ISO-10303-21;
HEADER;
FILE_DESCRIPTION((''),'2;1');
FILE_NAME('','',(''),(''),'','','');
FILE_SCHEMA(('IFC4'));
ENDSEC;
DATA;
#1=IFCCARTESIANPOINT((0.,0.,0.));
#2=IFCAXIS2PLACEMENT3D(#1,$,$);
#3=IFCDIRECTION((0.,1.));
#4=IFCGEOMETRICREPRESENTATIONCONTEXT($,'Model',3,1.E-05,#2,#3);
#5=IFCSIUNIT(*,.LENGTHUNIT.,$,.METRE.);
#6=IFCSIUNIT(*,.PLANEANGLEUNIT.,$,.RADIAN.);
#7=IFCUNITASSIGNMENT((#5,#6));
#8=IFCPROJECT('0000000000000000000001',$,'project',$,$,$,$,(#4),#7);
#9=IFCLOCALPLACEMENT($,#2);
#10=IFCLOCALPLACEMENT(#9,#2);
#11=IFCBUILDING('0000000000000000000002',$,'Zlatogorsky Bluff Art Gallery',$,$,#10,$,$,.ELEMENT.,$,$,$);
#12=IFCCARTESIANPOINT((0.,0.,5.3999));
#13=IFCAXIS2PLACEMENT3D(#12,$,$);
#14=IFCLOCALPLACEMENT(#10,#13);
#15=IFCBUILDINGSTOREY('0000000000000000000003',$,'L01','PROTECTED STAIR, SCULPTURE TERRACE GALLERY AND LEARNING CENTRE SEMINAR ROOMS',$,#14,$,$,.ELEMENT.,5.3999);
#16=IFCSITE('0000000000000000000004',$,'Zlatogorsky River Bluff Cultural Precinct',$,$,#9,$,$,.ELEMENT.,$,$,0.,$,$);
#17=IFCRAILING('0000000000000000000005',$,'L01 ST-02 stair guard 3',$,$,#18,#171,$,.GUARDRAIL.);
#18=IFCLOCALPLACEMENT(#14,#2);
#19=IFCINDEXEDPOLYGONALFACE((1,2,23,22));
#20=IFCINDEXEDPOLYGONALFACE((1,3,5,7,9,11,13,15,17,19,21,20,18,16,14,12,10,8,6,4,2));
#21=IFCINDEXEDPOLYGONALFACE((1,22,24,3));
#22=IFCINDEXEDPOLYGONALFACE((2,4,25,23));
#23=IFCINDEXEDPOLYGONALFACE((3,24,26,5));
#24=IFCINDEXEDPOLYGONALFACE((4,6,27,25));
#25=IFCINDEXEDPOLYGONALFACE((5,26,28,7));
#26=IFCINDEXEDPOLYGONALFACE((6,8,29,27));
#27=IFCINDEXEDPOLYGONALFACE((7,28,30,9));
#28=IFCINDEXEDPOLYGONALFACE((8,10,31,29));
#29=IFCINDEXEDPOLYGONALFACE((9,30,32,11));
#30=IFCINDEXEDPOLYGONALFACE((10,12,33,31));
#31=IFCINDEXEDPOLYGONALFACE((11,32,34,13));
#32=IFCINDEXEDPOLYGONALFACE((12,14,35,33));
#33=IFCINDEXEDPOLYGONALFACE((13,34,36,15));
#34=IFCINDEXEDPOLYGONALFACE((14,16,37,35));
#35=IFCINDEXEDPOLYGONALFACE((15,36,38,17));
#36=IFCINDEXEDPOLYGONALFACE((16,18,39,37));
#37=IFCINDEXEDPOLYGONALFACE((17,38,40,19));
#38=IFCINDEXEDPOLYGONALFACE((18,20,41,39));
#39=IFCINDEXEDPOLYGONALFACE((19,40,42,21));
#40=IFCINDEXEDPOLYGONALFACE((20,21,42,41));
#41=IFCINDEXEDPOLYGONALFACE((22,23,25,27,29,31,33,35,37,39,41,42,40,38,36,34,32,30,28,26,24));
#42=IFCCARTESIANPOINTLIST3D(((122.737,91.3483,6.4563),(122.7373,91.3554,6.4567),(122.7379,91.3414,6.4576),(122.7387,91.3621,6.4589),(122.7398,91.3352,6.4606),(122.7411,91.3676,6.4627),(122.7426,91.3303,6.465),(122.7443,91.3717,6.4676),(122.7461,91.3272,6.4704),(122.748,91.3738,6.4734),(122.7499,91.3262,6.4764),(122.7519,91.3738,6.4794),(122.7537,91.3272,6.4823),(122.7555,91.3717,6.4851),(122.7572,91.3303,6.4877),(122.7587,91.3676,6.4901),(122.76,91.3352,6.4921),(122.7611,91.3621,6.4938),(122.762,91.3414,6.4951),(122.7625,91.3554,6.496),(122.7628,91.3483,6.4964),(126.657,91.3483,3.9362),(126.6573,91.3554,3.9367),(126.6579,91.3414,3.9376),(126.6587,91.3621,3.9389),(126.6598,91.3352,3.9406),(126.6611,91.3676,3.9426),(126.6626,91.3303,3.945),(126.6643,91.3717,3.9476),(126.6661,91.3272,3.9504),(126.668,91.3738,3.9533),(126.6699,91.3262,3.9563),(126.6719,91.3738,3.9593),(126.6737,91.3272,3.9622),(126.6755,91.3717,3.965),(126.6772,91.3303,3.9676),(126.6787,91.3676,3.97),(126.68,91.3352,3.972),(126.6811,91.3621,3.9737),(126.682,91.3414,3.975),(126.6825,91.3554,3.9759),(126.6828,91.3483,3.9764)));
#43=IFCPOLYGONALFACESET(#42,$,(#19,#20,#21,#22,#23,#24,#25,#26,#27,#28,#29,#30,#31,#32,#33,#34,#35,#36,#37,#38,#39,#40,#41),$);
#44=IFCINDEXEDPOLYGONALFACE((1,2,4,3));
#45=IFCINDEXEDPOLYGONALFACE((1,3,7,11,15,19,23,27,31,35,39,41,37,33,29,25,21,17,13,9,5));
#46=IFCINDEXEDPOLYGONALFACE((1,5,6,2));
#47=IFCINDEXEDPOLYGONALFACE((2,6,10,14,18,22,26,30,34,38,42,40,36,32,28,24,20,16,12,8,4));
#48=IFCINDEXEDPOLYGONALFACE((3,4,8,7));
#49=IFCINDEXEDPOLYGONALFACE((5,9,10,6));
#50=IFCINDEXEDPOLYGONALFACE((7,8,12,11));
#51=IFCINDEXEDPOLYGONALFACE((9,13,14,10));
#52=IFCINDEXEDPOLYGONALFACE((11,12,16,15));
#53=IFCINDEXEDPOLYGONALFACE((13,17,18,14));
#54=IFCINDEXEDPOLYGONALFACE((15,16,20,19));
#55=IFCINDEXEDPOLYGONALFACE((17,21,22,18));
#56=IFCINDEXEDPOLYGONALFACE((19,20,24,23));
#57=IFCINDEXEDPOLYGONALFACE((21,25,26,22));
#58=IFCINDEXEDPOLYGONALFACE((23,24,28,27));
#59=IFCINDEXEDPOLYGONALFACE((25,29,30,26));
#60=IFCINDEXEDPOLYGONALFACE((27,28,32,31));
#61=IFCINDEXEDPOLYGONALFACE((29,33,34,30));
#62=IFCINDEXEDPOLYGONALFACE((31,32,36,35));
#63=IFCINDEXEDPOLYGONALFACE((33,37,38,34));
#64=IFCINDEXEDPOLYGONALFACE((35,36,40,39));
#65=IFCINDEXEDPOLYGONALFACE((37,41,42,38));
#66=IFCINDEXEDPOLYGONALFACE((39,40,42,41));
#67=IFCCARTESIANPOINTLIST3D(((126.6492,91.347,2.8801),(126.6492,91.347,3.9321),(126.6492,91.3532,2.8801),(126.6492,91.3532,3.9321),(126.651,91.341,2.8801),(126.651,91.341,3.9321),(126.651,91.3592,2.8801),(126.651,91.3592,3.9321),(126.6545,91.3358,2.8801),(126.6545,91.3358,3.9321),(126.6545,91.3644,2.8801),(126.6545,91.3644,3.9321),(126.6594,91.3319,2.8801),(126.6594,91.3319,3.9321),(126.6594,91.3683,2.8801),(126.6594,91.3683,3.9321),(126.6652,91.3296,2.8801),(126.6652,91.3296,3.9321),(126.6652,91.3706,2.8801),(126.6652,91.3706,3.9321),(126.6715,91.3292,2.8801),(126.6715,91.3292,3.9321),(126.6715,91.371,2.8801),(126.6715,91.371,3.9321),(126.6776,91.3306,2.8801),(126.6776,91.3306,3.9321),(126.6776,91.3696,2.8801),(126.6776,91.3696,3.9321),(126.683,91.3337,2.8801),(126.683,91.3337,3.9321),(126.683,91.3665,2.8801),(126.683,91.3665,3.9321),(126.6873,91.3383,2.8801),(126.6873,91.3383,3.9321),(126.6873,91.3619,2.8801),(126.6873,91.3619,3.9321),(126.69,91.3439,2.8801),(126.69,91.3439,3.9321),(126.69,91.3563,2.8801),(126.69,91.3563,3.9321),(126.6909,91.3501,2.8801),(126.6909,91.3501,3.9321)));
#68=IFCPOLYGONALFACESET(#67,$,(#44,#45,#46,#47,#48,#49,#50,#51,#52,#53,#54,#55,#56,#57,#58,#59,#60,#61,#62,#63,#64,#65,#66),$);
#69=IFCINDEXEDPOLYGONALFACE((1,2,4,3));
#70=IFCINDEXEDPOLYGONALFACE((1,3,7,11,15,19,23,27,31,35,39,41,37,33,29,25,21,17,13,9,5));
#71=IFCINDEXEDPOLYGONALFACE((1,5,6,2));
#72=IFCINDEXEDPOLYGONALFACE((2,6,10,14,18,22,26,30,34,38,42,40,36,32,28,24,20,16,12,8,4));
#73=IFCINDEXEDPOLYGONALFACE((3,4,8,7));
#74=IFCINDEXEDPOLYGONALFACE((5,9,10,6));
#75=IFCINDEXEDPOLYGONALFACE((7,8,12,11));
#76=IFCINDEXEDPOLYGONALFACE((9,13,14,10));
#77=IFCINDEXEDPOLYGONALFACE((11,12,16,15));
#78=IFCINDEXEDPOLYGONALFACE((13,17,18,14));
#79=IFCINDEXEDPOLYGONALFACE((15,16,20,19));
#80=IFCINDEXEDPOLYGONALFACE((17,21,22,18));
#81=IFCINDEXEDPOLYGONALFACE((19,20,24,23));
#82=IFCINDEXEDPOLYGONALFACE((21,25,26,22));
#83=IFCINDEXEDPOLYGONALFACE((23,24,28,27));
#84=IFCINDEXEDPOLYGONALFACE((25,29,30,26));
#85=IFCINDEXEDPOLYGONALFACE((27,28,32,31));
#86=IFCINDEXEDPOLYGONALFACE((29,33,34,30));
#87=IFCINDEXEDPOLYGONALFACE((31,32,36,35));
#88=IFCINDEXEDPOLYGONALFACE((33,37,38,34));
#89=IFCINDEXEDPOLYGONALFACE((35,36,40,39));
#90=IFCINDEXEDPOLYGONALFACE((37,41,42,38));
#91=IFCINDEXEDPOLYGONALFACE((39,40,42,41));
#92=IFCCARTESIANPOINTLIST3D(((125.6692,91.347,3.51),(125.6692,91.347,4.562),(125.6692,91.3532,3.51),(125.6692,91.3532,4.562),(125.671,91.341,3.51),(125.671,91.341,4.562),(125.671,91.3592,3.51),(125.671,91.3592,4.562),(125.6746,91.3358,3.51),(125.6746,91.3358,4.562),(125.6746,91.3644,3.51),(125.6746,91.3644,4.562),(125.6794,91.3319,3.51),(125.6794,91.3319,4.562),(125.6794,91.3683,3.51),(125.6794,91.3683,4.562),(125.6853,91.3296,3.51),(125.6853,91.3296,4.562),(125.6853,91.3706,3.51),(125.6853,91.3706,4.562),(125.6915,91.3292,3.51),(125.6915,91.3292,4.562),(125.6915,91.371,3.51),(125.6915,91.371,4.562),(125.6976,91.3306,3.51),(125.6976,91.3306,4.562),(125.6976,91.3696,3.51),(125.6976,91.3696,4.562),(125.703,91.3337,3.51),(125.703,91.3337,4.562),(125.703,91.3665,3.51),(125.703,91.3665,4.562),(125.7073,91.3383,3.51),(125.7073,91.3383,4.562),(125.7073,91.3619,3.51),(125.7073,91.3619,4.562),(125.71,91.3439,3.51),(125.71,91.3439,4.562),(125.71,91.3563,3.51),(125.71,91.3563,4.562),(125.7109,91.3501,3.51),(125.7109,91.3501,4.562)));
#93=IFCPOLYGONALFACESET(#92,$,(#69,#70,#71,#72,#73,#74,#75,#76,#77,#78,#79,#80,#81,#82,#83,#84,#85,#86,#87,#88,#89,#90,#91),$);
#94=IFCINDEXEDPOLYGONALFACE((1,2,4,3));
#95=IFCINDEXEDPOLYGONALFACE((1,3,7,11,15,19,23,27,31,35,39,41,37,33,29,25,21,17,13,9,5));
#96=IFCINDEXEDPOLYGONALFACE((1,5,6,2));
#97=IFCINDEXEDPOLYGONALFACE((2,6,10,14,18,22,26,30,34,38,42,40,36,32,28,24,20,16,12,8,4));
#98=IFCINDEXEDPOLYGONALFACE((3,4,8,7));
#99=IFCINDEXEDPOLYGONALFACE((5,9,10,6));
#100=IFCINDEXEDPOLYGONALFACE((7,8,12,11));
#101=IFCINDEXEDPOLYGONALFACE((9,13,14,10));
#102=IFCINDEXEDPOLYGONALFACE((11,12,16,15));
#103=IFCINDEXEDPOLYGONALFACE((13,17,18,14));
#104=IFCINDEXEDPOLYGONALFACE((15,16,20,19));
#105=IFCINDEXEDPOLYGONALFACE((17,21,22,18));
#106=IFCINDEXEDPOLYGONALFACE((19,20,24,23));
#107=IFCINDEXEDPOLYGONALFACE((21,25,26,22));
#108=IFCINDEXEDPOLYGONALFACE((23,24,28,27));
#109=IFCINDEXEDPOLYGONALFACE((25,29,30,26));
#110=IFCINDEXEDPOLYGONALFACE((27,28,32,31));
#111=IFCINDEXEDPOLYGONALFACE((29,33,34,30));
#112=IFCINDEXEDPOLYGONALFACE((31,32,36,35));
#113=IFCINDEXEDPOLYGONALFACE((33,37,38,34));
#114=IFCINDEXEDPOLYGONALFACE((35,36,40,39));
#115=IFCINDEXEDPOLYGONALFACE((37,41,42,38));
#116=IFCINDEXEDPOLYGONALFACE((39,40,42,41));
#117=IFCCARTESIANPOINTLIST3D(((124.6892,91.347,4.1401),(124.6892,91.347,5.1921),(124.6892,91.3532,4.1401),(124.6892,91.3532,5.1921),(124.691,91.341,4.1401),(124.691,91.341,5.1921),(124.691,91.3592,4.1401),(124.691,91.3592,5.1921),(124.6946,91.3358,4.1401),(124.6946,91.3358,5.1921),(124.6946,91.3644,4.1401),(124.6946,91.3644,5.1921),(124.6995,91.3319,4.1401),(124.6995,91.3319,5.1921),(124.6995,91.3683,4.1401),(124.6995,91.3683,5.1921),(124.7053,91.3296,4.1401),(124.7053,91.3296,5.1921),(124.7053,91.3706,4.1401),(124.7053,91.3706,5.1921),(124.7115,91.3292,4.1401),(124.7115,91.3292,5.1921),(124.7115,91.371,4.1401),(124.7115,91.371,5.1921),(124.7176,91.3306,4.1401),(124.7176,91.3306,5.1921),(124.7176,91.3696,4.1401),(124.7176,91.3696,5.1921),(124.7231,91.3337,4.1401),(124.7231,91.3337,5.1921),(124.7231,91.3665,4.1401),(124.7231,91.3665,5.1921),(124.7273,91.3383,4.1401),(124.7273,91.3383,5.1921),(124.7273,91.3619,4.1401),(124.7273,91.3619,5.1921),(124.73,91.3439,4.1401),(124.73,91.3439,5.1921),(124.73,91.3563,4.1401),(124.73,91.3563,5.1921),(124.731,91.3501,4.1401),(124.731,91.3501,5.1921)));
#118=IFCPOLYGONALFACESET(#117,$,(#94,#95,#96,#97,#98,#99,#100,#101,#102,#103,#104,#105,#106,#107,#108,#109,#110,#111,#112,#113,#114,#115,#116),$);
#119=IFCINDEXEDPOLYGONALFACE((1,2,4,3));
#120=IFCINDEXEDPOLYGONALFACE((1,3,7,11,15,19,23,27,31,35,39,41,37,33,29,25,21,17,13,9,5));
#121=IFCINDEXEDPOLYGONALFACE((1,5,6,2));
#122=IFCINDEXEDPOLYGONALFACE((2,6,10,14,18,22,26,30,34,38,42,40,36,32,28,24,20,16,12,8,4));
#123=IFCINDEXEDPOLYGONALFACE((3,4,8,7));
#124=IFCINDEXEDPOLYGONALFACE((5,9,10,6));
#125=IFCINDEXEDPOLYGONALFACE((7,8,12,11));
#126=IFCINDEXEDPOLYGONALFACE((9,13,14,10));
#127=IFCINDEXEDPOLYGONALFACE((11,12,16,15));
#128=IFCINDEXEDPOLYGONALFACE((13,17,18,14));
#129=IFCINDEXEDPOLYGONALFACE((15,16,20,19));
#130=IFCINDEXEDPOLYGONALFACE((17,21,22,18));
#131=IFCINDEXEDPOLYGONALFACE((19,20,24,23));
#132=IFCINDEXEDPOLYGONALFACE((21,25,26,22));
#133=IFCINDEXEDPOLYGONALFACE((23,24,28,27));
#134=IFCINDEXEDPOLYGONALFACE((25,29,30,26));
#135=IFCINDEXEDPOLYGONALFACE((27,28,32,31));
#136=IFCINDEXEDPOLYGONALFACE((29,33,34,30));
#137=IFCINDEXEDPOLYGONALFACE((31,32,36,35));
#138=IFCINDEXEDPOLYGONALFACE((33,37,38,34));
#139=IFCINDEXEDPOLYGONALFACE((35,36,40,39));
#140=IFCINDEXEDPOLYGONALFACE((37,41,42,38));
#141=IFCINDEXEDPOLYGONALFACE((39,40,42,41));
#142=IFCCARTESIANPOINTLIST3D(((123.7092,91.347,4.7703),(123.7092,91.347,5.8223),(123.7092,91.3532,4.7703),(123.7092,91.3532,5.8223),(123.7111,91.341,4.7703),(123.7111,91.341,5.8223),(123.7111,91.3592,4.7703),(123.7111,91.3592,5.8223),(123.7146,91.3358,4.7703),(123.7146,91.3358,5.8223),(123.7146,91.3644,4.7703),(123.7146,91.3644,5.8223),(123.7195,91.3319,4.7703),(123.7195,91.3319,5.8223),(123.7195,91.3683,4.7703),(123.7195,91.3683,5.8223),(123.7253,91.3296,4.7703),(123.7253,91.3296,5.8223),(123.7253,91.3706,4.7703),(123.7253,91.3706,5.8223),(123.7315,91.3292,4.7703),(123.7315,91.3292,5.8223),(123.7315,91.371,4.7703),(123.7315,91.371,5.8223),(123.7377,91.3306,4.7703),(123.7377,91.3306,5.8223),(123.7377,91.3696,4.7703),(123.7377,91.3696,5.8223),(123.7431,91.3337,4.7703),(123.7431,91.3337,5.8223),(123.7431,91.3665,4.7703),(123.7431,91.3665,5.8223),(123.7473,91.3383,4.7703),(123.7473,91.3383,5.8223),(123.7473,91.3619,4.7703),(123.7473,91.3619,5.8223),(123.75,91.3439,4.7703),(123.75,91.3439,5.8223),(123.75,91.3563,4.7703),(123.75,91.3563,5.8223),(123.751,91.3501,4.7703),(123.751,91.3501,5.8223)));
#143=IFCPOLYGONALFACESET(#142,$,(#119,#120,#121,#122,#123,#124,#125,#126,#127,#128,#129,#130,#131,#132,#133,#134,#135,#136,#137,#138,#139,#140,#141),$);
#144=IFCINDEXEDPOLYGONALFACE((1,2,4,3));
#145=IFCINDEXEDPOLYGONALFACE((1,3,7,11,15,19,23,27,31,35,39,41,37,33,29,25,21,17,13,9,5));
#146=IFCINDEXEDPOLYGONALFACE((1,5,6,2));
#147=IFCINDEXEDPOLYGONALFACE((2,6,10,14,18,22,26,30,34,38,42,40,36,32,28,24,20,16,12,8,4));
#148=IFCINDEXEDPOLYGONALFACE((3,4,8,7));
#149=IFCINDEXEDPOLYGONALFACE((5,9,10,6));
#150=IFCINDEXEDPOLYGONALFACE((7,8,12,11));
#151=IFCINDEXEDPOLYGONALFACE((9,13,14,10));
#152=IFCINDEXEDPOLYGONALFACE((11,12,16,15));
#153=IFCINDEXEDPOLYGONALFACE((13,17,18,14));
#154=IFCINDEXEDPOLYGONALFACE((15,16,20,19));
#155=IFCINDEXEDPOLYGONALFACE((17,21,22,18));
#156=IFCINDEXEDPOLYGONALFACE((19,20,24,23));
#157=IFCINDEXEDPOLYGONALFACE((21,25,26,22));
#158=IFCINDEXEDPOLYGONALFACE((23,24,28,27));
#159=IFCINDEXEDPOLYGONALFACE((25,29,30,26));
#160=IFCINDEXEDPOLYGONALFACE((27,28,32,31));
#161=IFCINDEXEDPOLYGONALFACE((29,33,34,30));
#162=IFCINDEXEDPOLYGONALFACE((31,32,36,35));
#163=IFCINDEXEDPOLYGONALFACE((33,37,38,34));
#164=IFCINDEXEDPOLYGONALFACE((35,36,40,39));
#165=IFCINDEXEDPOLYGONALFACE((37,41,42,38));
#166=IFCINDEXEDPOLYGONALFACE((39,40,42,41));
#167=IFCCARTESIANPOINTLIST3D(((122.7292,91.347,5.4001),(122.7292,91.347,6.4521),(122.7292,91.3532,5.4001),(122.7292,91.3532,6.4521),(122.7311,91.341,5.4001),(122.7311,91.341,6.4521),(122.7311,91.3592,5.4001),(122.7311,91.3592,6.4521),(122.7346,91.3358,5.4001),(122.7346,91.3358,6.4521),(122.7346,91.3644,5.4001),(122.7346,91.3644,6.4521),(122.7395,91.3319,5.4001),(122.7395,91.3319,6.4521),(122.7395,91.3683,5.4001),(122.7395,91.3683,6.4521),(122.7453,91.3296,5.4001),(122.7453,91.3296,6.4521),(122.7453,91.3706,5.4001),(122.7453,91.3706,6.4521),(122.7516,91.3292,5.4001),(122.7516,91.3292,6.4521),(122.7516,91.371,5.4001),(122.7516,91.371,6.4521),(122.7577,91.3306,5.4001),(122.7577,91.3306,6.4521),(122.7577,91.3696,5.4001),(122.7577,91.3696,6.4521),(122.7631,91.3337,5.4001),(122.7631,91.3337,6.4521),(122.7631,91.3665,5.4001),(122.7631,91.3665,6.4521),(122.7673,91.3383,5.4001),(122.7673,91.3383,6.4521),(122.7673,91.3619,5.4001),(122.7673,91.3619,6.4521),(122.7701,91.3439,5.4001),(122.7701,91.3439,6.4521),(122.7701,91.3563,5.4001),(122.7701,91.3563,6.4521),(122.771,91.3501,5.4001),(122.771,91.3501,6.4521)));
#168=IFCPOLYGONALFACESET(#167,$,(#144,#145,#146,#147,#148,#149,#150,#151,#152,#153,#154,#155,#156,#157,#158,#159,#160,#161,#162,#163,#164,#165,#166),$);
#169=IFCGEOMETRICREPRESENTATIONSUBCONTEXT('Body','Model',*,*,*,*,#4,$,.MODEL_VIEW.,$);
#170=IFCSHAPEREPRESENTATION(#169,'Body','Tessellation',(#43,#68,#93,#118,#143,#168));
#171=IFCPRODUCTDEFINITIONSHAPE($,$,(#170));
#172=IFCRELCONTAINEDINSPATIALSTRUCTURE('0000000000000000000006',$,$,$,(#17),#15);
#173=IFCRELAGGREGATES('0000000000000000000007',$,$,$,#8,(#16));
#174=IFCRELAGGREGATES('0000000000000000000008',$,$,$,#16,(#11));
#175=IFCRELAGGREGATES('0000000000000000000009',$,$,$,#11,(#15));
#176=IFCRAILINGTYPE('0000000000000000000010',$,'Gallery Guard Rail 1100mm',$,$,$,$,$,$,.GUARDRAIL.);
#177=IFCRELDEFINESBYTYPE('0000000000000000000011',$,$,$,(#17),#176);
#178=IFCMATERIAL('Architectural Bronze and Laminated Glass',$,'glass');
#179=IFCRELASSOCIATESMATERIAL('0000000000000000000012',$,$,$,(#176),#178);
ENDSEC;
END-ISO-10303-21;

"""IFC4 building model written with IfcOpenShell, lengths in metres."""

from ifc_helpers import new_model, si_unit, direction, frame, origin, origin_2d, place, context, subcontext, project, spatial, circle, extrude, material, type_object, element, save


model = new_model("IFC4")

# Units and contexts
model_context = context("Model", 3, precision=1e-05, world=origin(), true_north=direction((0.0, 1.0)))
body_context = subcontext(model_context, "Body", "Model", "MODEL_VIEW")
ifc_project = project(units=[si_unit("LENGTHUNIT", "METRE"), si_unit("PLANEANGLEUNIT", "RADIAN")], contexts=[model_context])

# Site, building, storey
site_placement = place(None, origin())
site = spatial("IfcSite", under=ifc_project, at=site_placement, Name="Zlatogorsky River Bluff Cultural Precinct", CompositionType="ELEMENT", RefElevation=0.0)
building_placement = place(site_placement, origin())
building = spatial("IfcBuilding", under=site, at=building_placement, Name="Zlatogorsky Bluff Art Gallery", CompositionType="ELEMENT")
storey_placement = place(building_placement, frame((0.0, 0.0, 5.3999)))
storey = spatial("IfcBuildingStorey", under=building, at=storey_placement, Name="L01", Description="PROTECTED STAIR, SCULPTURE TERRACE GALLERY AND LEARNING CENTRE SEMINAR ROOMS", CompositionType="ELEMENT", Elevation=5.3999)

# Railing
ifc_material_1 = material(Name="Architectural Bronze and Laminated Glass", Category="glass")
railing_type_1 = type_object("IfcRailingType", Name="Gallery Guard Rail 1100mm", PredefinedType="GUARDRAIL", material=ifc_material_1)
railing_1_placement = place(storey_placement, frame((126.6699, 91.3501, 2.8801)))
element("IfcRailing", 1, at=railing_1_placement, inside=storey, type_object=railing_type_1, Name="L01 ST-02 stair guard 3", PredefinedType="GUARDRAIL", context=body_context, shape_type="SweptSolid", body=[
    extrude(circle(Radius=0.0239, at=origin_2d()), frame((0.0, 0.0, 1.0762), z_axis=(-0.841172, 0.0, 0.540768), x_axis=(0.0, -1.0, 0.0)), (0.0, 0.0, 1.0), 4.6602),
    extrude(circle(Radius=0.021, at=origin_2d()), origin(), (0.0, 0.0, 1.0), 1.052),
    extrude(circle(Radius=0.021, at=origin_2d()), frame((-0.98, 0.0, 0.6299)), (0.0, 0.0, 1.0), 1.052),
    extrude(circle(Radius=0.021, at=origin_2d()), frame((-1.96, 0.0, 1.26)), (0.0, 0.0, 1.0), 1.052),
    extrude(circle(Radius=0.021, at=origin_2d()), frame((-2.9399, 0.0, 1.8901)), (0.0, 0.0, 1.0), 1.052),
    extrude(circle(Radius=0.021, at=origin_2d()), frame((-3.9199, 0.0, 2.52)), (0.0, 0.0, 1.0), 1.052),
])

save(model, "model.ifc")
